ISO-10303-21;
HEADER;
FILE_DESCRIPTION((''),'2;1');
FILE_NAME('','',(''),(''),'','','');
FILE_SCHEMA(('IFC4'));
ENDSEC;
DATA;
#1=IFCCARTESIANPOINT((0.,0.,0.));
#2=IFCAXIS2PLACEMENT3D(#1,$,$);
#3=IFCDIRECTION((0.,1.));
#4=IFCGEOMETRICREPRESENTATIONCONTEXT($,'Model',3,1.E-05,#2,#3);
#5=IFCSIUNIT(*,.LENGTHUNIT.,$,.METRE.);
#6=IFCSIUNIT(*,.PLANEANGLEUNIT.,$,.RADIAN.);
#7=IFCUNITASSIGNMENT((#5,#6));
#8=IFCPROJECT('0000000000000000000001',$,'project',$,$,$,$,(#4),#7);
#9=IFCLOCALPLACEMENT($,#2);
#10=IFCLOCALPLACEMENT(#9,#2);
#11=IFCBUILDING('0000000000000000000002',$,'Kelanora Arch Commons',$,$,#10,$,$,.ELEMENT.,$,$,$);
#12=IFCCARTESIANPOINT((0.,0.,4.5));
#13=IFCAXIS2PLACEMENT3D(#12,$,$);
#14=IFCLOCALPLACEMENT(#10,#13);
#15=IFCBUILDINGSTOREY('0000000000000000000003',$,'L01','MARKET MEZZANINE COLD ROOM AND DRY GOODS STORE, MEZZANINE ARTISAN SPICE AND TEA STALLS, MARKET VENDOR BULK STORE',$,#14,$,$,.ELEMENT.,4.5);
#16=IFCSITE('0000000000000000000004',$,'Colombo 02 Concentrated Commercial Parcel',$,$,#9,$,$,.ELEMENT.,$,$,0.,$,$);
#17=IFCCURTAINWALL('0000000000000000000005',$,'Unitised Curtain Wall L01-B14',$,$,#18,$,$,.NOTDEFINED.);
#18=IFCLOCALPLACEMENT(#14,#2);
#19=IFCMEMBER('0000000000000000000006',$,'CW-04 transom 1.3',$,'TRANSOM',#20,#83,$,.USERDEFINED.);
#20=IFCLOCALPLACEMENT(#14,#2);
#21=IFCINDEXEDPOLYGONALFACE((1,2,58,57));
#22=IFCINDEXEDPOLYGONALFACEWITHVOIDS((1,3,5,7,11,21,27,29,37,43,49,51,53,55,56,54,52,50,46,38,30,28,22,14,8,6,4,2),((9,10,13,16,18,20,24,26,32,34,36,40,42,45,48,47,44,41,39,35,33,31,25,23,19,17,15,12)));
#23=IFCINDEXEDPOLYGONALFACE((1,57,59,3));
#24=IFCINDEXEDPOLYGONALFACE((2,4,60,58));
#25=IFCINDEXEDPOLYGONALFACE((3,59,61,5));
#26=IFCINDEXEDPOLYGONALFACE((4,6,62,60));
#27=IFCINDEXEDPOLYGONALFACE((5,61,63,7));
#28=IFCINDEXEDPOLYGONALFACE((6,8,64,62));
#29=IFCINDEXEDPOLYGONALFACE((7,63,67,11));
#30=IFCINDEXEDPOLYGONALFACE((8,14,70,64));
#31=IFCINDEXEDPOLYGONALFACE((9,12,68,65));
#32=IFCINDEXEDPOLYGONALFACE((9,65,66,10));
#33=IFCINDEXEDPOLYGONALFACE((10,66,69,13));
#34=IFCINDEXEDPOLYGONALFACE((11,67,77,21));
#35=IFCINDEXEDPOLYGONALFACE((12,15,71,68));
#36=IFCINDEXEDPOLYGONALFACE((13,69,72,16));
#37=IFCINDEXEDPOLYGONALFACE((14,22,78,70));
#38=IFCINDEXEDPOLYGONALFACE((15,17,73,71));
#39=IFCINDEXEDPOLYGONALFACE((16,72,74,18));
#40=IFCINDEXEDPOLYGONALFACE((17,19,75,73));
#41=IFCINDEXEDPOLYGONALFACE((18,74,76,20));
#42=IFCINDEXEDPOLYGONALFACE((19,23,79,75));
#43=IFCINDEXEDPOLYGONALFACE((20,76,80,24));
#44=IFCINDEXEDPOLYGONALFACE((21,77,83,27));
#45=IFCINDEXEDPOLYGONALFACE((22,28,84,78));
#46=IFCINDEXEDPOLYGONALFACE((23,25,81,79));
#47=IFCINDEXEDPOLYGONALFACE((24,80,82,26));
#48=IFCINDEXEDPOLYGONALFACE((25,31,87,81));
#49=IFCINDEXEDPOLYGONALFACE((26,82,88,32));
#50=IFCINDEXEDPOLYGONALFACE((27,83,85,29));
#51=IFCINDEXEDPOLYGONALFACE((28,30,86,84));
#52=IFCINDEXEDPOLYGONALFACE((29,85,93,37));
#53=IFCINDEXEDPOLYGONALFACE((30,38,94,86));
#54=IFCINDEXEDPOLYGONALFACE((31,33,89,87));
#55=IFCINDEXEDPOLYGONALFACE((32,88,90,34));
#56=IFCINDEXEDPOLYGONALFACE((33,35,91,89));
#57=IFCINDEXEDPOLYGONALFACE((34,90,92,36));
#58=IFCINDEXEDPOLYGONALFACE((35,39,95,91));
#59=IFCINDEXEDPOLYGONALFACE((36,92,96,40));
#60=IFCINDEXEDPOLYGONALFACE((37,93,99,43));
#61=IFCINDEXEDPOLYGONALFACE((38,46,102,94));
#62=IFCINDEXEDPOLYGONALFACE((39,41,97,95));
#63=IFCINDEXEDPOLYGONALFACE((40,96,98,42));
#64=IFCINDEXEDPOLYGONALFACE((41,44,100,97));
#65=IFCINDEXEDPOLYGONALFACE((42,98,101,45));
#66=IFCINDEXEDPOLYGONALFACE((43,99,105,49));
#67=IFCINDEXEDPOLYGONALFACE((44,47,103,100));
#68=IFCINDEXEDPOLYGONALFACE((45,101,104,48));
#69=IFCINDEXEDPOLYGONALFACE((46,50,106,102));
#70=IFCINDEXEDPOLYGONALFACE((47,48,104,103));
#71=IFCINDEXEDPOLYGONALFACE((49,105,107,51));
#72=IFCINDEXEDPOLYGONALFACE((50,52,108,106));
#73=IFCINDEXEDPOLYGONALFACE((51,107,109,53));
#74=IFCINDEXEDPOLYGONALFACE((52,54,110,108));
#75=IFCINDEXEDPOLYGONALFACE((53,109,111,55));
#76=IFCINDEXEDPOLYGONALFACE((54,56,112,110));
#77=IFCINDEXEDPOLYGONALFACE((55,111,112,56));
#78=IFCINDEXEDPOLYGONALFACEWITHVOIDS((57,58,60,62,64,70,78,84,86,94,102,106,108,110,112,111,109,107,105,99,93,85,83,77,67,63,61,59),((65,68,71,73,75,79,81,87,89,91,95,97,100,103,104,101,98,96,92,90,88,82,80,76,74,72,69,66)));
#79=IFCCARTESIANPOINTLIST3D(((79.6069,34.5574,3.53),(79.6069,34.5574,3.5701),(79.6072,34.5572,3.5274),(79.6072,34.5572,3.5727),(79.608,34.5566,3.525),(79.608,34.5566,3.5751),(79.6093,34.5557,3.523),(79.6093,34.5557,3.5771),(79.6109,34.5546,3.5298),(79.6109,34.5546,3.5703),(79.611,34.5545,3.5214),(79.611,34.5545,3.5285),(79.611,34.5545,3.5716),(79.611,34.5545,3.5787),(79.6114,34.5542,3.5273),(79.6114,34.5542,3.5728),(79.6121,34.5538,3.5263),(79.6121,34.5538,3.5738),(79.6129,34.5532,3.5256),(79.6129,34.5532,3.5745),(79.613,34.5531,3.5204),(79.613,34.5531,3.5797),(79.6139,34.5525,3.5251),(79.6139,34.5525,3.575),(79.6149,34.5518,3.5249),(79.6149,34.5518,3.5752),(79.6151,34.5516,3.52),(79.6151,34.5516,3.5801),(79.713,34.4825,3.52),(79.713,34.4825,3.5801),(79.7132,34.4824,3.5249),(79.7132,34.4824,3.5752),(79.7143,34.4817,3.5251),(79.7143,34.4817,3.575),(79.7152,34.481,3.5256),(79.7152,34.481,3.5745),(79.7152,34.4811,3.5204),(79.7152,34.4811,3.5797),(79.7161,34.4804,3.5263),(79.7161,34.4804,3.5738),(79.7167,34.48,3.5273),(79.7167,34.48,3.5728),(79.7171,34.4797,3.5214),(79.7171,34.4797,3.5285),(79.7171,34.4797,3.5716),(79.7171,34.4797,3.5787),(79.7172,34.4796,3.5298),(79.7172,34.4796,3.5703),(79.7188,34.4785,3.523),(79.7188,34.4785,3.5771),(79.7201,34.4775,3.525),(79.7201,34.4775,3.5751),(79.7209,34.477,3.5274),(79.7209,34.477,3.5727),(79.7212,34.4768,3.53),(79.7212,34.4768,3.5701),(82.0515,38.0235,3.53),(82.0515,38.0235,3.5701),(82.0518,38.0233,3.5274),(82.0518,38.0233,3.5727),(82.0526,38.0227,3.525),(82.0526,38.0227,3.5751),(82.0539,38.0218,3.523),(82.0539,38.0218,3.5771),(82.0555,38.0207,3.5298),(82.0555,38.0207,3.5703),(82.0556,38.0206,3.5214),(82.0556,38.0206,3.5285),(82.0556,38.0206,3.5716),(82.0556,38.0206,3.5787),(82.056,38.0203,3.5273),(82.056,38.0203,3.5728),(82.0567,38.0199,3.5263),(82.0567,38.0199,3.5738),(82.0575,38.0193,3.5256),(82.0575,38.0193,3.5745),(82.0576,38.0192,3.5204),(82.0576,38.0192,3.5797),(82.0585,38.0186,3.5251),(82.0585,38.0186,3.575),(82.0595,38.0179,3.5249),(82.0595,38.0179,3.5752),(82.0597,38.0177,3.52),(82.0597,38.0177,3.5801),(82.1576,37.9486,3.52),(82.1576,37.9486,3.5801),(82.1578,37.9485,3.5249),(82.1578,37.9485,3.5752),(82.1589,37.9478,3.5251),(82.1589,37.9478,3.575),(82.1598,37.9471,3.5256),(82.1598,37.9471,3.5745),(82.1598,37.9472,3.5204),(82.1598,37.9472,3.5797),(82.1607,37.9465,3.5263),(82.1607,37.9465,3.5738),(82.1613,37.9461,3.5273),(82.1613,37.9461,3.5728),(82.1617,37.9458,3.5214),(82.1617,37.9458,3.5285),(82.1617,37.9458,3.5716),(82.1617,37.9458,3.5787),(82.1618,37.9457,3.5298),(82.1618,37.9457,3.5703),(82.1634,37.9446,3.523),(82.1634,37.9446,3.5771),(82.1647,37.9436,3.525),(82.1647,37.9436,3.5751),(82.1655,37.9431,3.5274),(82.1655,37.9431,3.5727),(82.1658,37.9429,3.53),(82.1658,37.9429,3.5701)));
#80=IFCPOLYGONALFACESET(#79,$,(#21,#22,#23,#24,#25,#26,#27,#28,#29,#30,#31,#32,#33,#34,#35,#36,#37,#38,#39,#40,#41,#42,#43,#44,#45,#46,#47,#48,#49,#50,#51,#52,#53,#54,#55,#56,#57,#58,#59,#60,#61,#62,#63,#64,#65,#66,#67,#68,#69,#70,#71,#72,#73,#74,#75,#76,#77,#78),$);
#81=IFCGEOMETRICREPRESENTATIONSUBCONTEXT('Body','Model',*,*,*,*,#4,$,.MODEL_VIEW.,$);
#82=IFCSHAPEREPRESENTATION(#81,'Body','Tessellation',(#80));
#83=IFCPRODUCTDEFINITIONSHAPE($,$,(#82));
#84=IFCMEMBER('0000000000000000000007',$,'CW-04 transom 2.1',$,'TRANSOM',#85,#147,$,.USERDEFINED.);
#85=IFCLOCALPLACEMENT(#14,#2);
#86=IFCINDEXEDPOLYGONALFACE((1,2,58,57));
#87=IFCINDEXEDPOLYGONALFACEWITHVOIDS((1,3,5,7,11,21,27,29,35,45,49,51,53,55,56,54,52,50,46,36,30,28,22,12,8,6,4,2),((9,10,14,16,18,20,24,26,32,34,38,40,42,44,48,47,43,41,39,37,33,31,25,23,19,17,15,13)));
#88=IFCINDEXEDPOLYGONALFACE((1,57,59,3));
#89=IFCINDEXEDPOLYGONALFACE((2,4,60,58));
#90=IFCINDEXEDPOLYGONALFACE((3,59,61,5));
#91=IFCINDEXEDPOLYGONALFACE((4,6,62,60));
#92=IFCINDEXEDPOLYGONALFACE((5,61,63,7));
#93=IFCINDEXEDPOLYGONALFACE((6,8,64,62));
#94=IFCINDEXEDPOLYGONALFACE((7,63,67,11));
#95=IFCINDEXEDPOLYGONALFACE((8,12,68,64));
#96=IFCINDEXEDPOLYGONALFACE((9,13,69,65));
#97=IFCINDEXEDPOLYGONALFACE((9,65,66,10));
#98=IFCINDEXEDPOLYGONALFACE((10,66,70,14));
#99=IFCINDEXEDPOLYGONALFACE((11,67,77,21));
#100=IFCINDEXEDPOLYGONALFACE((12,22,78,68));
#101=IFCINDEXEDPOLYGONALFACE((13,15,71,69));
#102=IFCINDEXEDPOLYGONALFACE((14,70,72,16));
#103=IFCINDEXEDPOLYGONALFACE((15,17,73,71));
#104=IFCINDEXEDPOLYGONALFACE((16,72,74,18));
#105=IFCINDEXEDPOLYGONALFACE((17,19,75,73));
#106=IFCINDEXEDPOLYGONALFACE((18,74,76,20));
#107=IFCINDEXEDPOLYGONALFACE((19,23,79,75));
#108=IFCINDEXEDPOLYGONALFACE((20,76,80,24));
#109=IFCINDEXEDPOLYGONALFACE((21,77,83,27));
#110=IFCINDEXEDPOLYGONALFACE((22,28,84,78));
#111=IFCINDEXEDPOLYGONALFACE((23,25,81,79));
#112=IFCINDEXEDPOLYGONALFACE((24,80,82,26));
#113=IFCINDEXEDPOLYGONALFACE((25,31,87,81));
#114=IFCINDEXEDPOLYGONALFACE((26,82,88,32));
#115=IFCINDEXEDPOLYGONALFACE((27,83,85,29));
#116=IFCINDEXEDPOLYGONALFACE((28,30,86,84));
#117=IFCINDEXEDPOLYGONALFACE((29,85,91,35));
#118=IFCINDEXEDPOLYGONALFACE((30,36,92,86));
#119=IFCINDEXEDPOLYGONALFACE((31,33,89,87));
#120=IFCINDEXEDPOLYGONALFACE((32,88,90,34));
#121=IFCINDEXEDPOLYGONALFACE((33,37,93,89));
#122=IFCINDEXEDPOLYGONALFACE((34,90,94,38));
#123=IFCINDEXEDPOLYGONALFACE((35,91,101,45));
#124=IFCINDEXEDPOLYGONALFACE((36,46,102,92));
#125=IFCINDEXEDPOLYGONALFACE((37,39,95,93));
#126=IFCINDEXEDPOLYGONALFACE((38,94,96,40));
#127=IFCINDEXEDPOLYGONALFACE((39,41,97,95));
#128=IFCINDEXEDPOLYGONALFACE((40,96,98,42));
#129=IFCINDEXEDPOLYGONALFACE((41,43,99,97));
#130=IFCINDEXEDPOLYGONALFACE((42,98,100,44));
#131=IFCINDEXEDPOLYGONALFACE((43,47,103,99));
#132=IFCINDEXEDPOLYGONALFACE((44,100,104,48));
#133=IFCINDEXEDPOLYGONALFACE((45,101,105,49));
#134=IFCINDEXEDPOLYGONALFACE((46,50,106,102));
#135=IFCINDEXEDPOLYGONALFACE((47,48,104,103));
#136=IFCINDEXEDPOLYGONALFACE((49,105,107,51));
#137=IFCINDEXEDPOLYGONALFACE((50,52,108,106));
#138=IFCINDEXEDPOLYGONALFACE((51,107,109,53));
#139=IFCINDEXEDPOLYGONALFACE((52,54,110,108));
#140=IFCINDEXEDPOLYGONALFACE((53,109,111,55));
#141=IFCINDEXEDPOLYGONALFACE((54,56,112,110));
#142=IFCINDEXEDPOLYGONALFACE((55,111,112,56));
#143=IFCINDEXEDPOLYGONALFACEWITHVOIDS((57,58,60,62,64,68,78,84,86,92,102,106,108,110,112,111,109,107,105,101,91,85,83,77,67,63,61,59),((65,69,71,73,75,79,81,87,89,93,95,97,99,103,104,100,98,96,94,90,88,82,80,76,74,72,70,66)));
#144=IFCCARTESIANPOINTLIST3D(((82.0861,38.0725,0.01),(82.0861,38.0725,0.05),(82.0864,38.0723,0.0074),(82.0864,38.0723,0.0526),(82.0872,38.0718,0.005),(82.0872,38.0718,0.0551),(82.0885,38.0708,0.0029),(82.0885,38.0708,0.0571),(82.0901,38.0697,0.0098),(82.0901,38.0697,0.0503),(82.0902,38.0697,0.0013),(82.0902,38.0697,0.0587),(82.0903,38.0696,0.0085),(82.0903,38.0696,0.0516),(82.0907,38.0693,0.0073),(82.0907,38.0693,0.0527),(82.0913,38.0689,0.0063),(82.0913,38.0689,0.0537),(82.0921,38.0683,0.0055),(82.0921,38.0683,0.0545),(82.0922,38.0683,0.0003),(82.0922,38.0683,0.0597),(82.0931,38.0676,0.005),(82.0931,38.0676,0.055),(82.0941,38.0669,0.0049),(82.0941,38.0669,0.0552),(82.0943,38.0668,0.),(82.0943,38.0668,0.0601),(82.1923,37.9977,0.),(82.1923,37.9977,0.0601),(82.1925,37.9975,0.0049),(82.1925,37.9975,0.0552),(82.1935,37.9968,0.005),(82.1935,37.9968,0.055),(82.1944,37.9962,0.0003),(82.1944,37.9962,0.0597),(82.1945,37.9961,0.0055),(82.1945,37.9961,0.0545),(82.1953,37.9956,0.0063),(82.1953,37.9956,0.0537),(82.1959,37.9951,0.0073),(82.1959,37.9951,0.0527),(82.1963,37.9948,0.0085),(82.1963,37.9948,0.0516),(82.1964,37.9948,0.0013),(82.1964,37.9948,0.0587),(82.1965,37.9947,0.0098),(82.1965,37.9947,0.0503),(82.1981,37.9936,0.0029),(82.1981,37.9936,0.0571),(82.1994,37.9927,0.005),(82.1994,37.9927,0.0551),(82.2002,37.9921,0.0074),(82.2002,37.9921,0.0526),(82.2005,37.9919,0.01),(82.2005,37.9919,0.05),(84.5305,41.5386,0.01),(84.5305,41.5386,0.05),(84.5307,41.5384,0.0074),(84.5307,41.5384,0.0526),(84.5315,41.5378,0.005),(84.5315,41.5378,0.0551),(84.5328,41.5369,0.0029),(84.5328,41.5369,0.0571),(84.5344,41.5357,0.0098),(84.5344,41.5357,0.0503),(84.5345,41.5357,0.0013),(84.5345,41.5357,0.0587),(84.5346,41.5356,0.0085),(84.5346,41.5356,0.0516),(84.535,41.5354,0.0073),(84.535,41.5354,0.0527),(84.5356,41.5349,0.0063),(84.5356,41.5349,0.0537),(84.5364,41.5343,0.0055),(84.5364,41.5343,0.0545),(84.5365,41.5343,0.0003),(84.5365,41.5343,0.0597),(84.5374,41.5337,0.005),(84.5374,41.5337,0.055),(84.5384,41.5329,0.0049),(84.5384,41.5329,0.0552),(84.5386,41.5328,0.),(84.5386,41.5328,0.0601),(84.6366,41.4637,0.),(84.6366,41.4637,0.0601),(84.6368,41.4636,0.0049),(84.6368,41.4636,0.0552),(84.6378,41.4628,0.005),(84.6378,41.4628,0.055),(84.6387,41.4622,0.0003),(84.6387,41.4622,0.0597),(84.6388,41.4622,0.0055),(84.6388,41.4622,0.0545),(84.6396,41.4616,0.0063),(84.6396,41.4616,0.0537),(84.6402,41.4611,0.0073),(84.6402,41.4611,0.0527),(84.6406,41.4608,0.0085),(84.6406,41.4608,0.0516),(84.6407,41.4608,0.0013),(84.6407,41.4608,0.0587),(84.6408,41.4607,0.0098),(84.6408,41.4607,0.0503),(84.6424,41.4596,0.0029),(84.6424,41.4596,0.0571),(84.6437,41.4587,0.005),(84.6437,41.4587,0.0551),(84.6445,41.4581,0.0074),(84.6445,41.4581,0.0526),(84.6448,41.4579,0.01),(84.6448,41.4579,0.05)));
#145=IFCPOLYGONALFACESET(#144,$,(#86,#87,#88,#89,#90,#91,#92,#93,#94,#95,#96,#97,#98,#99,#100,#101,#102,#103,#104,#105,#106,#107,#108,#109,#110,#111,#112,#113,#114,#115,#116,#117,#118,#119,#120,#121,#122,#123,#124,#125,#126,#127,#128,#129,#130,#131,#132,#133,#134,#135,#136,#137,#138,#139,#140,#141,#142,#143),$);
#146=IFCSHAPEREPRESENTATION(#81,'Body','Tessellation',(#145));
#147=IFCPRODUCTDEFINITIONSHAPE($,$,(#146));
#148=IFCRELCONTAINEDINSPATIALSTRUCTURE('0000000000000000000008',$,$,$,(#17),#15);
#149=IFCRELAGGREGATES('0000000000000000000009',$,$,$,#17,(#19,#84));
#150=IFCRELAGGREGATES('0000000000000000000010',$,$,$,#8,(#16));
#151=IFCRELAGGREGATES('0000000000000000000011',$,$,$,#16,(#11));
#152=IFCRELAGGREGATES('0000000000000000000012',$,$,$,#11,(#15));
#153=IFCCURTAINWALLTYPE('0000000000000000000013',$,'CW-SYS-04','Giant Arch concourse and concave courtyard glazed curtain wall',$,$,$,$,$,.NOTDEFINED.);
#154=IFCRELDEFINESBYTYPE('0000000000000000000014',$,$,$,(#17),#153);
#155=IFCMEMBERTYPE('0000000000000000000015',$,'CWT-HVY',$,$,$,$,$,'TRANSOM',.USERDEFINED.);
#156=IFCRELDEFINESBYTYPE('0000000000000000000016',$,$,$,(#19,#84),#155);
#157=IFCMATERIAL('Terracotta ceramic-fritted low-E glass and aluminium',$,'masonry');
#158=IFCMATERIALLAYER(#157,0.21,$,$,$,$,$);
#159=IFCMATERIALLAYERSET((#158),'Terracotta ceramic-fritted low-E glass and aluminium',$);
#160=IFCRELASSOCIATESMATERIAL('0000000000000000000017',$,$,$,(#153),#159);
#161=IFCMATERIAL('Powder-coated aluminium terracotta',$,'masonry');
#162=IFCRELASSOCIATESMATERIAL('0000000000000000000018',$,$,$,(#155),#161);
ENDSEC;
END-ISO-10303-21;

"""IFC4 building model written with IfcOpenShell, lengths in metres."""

from ifc_helpers import new_model, si_unit, direction, frame, origin, origin_2d, place, context, subcontext, project, spatial, hollow_rectangle, extrude, material, layer, layer_set, material_profile, profile_set, type_object, element, aggregate, save


model = new_model("IFC4")

# Units and contexts
model_context = context("Model", 3, precision=1e-05, world=origin(), true_north=direction((0.0, 1.0)))
body_context = subcontext(model_context, "Body", "Model", "MODEL_VIEW")
ifc_project = project(units=[si_unit("LENGTHUNIT", "METRE"), si_unit("PLANEANGLEUNIT", "RADIAN")], contexts=[model_context])

# Site, building, storey
site_placement = place(None, origin())
site = spatial("IfcSite", under=ifc_project, at=site_placement, Name="Colombo 02 Concentrated Commercial Parcel", CompositionType="ELEMENT", RefElevation=0.0)
building_placement = place(site_placement, origin())
building = spatial("IfcBuilding", under=site, at=building_placement, Name="Kelanora Arch Commons", CompositionType="ELEMENT")
storey_placement = place(building_placement, frame((0.0, 0.0, 4.5)))
storey = spatial("IfcBuildingStorey", under=building, at=storey_placement, Name="L01", Description="MARKET MEZZANINE COLD ROOM AND DRY GOODS STORE, MEZZANINE ARTISAN SPICE AND TEA STALLS, MARKET VENDOR BULK STORE", CompositionType="ELEMENT", Elevation=4.5)

# Curtain wall, members
ifc_material_1 = material(Name="Terracotta ceramic-fritted low-E glass and aluminium", Category="masonry")
ifc_layer_1 = layer(ifc_material_1, 0.21)
ifc_layer_set_1 = layer_set([ifc_layer_1], Name="Terracotta ceramic-fritted low-E glass and aluminium")
curtain_wall_type = type_object("IfcCurtainWallType", Name="CW-SYS-04", Description="Giant Arch concourse and concave courtyard glazed curtain wall", PredefinedType="NOTDEFINED", material=ifc_layer_set_1)
curtain_wall_placement = place(storey_placement, origin())
curtain_wall = element("IfcCurtainWall", 1, at=curtain_wall_placement, inside=storey, type_object=curtain_wall_type, Name="Unitised Curtain Wall L01-B14", PredefinedType="NOTDEFINED")
ifc_material_2 = material(Name="Powder-coated aluminium terracotta", Category="masonry")
ifc_material_profile_1 = material_profile(ifc_material_2, hollow_rectangle(XDim=0.1399, YDim=0.0601, WallThickness=0.0049, InnerFilletRadius=0.0049, OuterFilletRadius=0.01, at=origin_2d()), Name="CWT140x60")
ifc_profile_set_1 = profile_set([ifc_material_profile_1], Name="Powder-coated aluminium terracotta")
member_type_1 = type_object("IfcMemberType", Name="CWT-HVY", ElementType="TRANSOM", PredefinedType="USERDEFINED", material=ifc_profile_set_1)
member_1_placement = place(storey_placement, frame((79.6641, 34.5171, 3.55), z_axis=(0.57636, 0.817196, 0.0), x_axis=(-0.817196, 0.57636, 0.0)))
member_1 = element("IfcMember", 2, at=member_1_placement, type_object=member_type_1, Name="CW-04 transom 1.3", ObjectType="TRANSOM", PredefinedType="USERDEFINED", context=body_context, shape_type="SweptSolid", body=[
    extrude(hollow_rectangle(XDim=0.1399, YDim=0.0601, WallThickness=0.0049, InnerFilletRadius=0.0049, OuterFilletRadius=0.01, at=origin_2d()), origin(), (0.0, 0.0, 1.0), 4.2415),
])
member_2_placement = place(storey_placement, frame((82.1433, 38.0322, 0.03), z_axis=(0.576322, 0.817223, 0.0), x_axis=(-0.817223, 0.576322, 0.0)))
member_2 = element("IfcMember", 3, at=member_2_placement, type_object=member_type_1, Name="CW-04 transom 2.1", ObjectType="TRANSOM", PredefinedType="USERDEFINED", context=body_context, shape_type="SweptSolid", body=[
    extrude(hollow_rectangle(XDim=0.1399, YDim=0.0601, WallThickness=0.0049, InnerFilletRadius=0.0049, OuterFilletRadius=0.01, at=origin_2d()), origin(), (0.0, 0.0, 1.0), 4.2412),
])
aggregate(curtain_wall, [member_1, member_2])

save(model, "model.ifc")
